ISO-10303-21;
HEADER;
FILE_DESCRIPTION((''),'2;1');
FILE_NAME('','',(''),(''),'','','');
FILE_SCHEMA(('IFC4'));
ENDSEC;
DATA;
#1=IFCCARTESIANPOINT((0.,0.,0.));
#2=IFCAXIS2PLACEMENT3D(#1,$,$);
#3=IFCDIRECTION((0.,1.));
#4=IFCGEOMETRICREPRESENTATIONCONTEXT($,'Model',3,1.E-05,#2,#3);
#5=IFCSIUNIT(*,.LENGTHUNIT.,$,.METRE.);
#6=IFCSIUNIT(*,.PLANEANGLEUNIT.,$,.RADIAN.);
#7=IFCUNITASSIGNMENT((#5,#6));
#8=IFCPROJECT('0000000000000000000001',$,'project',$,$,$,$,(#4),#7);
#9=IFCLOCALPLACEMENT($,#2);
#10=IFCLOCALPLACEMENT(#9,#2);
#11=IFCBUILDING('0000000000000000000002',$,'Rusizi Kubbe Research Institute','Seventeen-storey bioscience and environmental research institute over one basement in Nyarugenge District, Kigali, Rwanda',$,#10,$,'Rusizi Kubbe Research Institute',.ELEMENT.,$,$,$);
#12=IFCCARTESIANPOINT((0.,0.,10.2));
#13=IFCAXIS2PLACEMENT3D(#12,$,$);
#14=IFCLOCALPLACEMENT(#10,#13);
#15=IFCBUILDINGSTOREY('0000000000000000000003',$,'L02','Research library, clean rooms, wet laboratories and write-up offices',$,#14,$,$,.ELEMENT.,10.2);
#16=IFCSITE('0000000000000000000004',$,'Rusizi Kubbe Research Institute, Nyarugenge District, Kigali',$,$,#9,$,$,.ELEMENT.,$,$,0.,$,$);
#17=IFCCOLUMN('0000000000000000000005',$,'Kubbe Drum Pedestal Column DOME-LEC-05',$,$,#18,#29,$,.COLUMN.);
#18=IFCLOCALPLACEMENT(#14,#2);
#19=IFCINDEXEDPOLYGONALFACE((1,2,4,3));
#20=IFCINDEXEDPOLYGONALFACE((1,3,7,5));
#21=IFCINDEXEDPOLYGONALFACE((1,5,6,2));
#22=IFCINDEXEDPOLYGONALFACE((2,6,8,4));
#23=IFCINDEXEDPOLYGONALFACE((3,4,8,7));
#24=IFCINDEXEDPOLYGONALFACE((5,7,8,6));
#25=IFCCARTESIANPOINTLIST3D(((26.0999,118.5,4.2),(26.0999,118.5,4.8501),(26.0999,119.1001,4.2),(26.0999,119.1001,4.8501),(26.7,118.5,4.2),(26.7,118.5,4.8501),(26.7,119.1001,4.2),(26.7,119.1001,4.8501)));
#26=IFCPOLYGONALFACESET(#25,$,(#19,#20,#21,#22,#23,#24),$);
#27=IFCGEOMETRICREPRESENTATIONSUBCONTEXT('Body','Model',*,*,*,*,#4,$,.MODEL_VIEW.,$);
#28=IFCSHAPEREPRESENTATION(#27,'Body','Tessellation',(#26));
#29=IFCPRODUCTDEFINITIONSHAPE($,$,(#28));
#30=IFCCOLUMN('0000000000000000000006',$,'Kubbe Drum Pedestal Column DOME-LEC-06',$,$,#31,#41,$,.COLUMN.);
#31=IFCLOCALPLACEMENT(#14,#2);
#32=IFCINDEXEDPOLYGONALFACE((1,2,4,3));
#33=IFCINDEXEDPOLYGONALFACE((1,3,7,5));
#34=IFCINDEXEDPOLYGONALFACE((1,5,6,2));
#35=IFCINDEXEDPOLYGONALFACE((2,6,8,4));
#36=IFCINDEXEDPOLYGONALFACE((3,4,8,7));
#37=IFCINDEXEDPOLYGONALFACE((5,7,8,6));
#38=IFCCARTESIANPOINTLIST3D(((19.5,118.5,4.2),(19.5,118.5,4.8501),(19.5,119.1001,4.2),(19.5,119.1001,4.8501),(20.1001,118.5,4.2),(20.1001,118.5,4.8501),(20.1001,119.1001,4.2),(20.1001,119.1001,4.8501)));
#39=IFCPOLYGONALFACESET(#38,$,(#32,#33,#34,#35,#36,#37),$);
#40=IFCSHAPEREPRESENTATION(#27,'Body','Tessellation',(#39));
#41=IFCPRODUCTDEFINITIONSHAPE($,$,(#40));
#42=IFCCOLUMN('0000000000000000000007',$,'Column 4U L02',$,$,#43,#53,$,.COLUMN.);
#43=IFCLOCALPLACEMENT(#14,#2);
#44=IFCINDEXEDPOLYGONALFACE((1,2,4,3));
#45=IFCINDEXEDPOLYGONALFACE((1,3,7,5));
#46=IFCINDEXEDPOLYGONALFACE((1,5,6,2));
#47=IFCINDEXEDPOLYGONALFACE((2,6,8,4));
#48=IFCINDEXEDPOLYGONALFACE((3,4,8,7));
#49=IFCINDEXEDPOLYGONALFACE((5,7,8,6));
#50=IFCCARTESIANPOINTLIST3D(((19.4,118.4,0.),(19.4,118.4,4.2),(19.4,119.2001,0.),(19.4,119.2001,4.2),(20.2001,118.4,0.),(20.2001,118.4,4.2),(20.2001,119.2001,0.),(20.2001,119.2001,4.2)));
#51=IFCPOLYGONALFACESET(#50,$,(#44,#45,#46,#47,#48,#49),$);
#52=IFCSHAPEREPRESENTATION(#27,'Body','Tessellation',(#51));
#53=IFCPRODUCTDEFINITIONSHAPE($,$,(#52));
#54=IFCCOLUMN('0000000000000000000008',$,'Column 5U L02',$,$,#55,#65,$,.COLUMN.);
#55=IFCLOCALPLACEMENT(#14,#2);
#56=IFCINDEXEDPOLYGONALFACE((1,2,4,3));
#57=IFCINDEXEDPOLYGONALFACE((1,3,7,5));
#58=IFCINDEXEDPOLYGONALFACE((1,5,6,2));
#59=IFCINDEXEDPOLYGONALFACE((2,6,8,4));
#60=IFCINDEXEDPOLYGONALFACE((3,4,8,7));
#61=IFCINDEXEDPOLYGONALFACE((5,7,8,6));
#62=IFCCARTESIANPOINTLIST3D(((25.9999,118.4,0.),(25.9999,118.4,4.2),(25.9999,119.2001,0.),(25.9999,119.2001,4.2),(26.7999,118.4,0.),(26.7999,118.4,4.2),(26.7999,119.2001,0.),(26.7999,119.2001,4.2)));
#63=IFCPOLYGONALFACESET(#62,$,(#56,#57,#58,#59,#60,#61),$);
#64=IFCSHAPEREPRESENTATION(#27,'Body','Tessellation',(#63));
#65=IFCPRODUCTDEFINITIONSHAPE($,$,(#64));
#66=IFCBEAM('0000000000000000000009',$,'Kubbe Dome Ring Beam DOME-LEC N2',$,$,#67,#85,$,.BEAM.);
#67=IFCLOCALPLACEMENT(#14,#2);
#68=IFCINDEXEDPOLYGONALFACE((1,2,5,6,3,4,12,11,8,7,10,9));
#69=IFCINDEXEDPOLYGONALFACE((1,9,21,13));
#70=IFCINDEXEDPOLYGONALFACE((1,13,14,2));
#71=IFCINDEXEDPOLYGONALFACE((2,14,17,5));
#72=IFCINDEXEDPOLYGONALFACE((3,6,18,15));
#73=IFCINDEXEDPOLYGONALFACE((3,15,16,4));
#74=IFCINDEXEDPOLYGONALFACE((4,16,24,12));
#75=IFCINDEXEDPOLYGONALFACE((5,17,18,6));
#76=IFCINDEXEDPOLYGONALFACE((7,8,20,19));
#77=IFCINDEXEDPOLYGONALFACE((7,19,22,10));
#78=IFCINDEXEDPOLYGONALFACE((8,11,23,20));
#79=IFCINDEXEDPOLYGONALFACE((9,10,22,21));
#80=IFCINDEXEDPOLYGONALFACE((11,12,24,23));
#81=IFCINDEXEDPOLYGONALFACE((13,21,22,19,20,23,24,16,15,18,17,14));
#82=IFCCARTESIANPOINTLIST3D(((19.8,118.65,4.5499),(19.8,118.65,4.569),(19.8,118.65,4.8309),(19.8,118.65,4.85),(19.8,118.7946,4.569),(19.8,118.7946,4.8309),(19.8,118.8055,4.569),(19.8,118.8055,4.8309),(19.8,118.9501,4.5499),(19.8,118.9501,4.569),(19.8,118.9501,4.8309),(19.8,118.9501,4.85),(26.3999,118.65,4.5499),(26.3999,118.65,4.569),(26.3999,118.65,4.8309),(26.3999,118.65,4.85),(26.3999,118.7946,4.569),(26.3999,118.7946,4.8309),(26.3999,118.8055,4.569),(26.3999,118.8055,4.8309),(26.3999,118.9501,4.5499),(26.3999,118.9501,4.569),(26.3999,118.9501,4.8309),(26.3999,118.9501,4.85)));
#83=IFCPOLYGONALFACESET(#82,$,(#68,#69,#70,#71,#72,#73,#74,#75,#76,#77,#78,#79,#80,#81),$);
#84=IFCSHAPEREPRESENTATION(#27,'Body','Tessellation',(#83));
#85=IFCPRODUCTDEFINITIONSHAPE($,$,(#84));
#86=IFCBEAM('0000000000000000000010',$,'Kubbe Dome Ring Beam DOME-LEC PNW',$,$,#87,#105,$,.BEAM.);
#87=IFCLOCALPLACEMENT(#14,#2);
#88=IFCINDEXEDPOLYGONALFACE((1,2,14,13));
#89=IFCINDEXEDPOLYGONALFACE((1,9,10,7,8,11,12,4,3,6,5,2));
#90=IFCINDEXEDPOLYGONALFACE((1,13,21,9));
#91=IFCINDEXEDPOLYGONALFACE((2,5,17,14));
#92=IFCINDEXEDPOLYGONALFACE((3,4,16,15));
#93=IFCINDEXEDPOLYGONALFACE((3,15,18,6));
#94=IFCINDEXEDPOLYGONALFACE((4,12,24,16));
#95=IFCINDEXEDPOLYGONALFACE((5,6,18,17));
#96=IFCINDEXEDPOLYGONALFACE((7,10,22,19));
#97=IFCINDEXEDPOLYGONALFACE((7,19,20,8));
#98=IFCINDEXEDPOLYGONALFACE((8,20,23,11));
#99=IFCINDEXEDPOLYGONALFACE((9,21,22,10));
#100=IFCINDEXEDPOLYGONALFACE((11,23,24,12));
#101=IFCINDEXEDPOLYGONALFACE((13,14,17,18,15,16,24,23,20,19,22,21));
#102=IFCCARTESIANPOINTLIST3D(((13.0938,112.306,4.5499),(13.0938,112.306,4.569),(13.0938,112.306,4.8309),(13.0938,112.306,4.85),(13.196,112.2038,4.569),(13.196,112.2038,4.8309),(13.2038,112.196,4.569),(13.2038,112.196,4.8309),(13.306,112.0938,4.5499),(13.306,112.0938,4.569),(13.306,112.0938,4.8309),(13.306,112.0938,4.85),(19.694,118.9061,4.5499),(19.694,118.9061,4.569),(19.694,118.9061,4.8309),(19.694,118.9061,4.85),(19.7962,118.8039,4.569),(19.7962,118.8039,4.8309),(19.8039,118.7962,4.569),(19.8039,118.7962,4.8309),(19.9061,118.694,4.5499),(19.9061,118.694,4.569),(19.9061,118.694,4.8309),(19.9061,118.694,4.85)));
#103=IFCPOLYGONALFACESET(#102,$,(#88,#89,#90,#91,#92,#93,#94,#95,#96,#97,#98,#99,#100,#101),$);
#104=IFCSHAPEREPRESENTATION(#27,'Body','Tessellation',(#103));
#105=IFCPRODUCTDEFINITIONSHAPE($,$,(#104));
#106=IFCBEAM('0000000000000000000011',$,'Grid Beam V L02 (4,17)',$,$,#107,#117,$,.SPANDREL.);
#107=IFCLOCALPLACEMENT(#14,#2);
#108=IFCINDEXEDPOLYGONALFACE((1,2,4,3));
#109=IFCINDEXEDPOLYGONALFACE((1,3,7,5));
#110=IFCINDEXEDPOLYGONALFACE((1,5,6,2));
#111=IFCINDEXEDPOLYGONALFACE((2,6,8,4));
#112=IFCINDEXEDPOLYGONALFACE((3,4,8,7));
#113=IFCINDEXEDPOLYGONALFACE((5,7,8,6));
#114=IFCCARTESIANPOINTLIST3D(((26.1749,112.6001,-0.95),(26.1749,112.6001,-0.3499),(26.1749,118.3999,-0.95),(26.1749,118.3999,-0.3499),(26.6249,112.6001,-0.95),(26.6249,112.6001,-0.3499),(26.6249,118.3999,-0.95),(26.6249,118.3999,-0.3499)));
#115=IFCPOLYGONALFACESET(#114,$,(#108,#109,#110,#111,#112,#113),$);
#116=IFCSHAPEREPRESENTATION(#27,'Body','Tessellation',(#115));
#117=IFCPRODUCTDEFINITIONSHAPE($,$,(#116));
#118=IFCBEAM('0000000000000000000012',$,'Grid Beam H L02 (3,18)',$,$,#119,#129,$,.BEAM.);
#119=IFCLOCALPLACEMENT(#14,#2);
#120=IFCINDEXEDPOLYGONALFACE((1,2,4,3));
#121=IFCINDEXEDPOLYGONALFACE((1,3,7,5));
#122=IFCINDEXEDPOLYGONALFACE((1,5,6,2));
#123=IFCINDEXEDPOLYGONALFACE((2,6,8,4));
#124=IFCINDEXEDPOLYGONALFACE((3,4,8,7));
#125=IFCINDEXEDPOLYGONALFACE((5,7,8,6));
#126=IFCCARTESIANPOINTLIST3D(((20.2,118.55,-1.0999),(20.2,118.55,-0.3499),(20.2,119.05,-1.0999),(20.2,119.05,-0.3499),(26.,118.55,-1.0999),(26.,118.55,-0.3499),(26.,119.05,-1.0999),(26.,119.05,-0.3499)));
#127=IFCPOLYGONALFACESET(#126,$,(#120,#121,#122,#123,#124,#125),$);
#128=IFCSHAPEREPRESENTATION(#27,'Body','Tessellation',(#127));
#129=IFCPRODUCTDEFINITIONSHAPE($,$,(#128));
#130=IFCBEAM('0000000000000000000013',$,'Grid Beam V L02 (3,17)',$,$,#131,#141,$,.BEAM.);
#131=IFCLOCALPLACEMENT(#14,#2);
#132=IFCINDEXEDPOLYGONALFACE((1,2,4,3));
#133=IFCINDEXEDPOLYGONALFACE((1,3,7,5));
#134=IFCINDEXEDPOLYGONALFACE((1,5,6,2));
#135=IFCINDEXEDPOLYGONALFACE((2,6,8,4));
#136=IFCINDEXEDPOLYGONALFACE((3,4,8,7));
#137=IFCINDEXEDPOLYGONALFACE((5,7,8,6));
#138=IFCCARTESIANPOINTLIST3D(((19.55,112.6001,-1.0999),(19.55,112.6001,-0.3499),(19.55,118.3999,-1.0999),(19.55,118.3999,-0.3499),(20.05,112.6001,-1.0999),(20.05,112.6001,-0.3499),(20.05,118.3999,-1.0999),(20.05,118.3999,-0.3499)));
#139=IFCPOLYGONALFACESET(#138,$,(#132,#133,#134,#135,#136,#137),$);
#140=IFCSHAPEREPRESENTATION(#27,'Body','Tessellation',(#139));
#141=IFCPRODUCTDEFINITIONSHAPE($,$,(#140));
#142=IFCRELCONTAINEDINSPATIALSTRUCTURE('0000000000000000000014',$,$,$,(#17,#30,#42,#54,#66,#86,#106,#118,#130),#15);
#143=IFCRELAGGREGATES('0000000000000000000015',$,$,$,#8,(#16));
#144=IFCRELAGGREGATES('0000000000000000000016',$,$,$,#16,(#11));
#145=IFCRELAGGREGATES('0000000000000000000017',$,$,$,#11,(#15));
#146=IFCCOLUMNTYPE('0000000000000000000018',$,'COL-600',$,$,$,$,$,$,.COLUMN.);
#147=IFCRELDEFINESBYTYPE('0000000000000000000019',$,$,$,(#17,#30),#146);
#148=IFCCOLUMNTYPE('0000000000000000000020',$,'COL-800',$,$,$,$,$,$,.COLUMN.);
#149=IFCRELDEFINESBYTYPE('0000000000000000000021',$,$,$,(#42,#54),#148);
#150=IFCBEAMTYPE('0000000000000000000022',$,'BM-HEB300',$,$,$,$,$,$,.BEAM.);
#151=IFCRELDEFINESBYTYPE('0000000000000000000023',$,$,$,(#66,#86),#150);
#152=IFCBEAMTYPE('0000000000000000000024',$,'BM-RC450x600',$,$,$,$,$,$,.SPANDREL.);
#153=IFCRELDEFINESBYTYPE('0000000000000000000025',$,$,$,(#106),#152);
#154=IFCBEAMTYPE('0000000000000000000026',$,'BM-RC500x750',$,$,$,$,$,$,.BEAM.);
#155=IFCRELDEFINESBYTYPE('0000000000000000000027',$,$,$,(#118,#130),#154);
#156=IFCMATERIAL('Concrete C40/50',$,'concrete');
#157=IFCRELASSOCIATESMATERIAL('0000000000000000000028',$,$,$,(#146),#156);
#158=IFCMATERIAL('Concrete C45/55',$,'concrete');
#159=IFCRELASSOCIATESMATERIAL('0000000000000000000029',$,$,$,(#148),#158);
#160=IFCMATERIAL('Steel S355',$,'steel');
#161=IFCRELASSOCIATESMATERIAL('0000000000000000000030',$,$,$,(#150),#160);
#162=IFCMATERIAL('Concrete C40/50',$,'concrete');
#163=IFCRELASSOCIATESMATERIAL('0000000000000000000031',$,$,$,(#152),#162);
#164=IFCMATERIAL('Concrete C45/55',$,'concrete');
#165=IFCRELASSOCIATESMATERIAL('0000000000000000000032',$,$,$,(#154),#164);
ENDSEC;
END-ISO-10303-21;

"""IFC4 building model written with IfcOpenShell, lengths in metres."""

from ifc_helpers import new_model, si_unit, direction, frame, origin, origin_2d, place, context, subcontext, project, spatial, rectangle, i_section, extrude, material, material_profile, profile_set, type_object, element, save


model = new_model("IFC4")

# Units and contexts
model_context = context("Model", 3, precision=1e-05, world=origin(), true_north=direction((0.0, 1.0)))
body_context = subcontext(model_context, "Body", "Model", "MODEL_VIEW")
ifc_project = project(units=[si_unit("LENGTHUNIT", "METRE"), si_unit("PLANEANGLEUNIT", "RADIAN")], contexts=[model_context])

# Site, building, storey
site_placement = place(None, origin())
site = spatial("IfcSite", under=ifc_project, at=site_placement, Name="Rusizi Kubbe Research Institute, Nyarugenge District, Kigali", CompositionType="ELEMENT", RefElevation=0.0)
building_placement = place(site_placement, origin())
building = spatial("IfcBuilding", under=site, at=building_placement, Name="Rusizi Kubbe Research Institute", Description="Seventeen-storey bioscience and environmental research institute over one basement in Nyarugenge District, Kigali, Rwanda", LongName="Rusizi Kubbe Research Institute", CompositionType="ELEMENT")
storey_placement = place(building_placement, frame((0.0, 0.0, 10.2)))
storey = spatial("IfcBuildingStorey", under=building, at=storey_placement, Name="L02", Description="Research library, clean rooms, wet laboratories and write-up offices", CompositionType="ELEMENT", Elevation=10.2)

# Columns
ifc_material_1 = material(Name="Concrete C40/50", Category="concrete")
ifc_material_profile_1 = material_profile(ifc_material_1, rectangle(XDim=0.6001, YDim=0.6001, at=origin_2d()), Name="RC600x600")
ifc_profile_set_1 = profile_set([ifc_material_profile_1], Name="Concrete C40/50")
column_type_1 = type_object("IfcColumnType", Name="COL-600", PredefinedType="COLUMN", material=ifc_profile_set_1)
for number, where, z_axis, x_axis, name in (
    (1, (26.3999, 118.8, 4.2), (0.0, 0.0, 1.0), (1.0, 0.0, 0.0), "Kubbe Drum Pedestal Column DOME-LEC-05"),
    (2, (19.8, 118.8, 4.2), (0.0, 0.0, 1.0), (1.0, 0.0, 0.0), "Kubbe Drum Pedestal Column DOME-LEC-06"),
):
    element("IfcColumn", number, at=place(storey_placement, frame(where, z_axis=z_axis, x_axis=x_axis)), inside=storey, type_object=column_type_1, Name=name, PredefinedType="COLUMN", context=body_context, shape_type="SweptSolid", body=[
        extrude(rectangle(XDim=0.6001, YDim=0.6001, at=origin_2d()), origin(), (0.0, 0.0, 1.0), 0.6501),
    ])
ifc_material_2 = material(Name="Concrete C45/55", Category="concrete")
ifc_material_profile_2 = material_profile(ifc_material_2, rectangle(XDim=0.8, YDim=0.8, at=origin_2d()), Name="RC800x800")
ifc_profile_set_2 = profile_set([ifc_material_profile_2], Name="Concrete C45/55")
column_type_2 = type_object("IfcColumnType", Name="COL-800", PredefinedType="COLUMN", material=ifc_profile_set_2)
for number, where, z_axis, x_axis, name in (
    (3, (19.8, 118.8, 0.0), (0.0, 0.0, 1.0), (1.0, 0.0, 0.0), "Column 4U L02"),
    (4, (26.3999, 118.8, 0.0), (0.0, 0.0, 1.0), (1.0, 0.0, 0.0), "Column 5U L02"),
):
    element("IfcColumn", number, at=place(storey_placement, frame(where, z_axis=z_axis, x_axis=x_axis)), inside=storey, type_object=column_type_2, Name=name, PredefinedType="COLUMN", context=body_context, shape_type="SweptSolid", body=[
        extrude(rectangle(XDim=0.8, YDim=0.8, at=origin_2d()), origin(), (0.0, 0.0, 1.0), 4.2),
    ])

# Beams
ifc_material_3 = material(Name="Steel S355", Category="steel")
ifc_material_profile_3 = material_profile(ifc_material_3, i_section(OverallWidth=0.3, OverallDepth=0.3, WebThickness=0.011, FlangeThickness=0.019, at=origin_2d()), Name="HEB 300")
ifc_profile_set_3 = profile_set([ifc_material_profile_3], Name="Steel S355")
beam_type_1 = type_object("IfcBeamType", Name="BM-HEB300", PredefinedType="BEAM", material=ifc_profile_set_3)
beam_1_placement = place(storey_placement, frame((19.8, 118.8, 4.7), z_axis=(1.0, 0.0, 0.0), x_axis=(0.0, 1.0, 0.0)))
element("IfcBeam", 5, at=beam_1_placement, inside=storey, type_object=beam_type_1, Name="Kubbe Dome Ring Beam DOME-LEC N2", PredefinedType="BEAM", context=body_context, shape_type="SweptSolid", body=[
    extrude(i_section(OverallWidth=0.3, OverallDepth=0.3, WebThickness=0.011, FlangeThickness=0.019, at=origin_2d()), origin(), (0.0, 0.0, 1.0), 6.5999),
])
beam_2_placement = place(storey_placement, frame((19.8, 118.8, 4.7), z_axis=(-0.707107, -0.707107, 0.0), x_axis=(0.707107, -0.707107, 0.0)))
element("IfcBeam", 6, at=beam_2_placement, inside=storey, type_object=beam_type_1, Name="Kubbe Dome Ring Beam DOME-LEC PNW", PredefinedType="BEAM", context=body_context, shape_type="SweptSolid", body=[
    extrude(i_section(OverallWidth=0.3, OverallDepth=0.3, WebThickness=0.011, FlangeThickness=0.019, at=origin_2d()), origin(), (0.0, 0.0, 1.0), 9.334),
])
ifc_material_4 = material(Name="Concrete C40/50", Category="concrete")
ifc_material_profile_4 = material_profile(ifc_material_4, rectangle(XDim=0.45, YDim=0.6001, at=origin_2d()), Name="RC450x600")
ifc_profile_set_4 = profile_set([ifc_material_profile_4], Name="Concrete C40/50")
beam_type_2 = type_object("IfcBeamType", Name="BM-RC450x600", PredefinedType="SPANDREL", material=ifc_profile_set_4)
beam_3_placement = place(storey_placement, frame((26.3999, 112.6001, -0.6499), z_axis=(0.0, 1.0, 0.0), x_axis=(-1.0, 0.0, 0.0)))
element("IfcBeam", 7, at=beam_3_placement, inside=storey, type_object=beam_type_2, Name="Grid Beam V L02 (4,17)", PredefinedType="SPANDREL", context=body_context, shape_type="SweptSolid", body=[
    extrude(rectangle(XDim=0.45, YDim=0.6001, at=origin_2d()), origin(), (0.0, 0.0, 1.0), 5.7998),
])
ifc_material_5 = material(Name="Concrete C45/55", Category="concrete")
ifc_material_profile_5 = material_profile(ifc_material_5, rectangle(XDim=0.5, YDim=0.75, at=origin_2d()), Name="RC500x750B")
ifc_profile_set_5 = profile_set([ifc_material_profile_5], Name="Concrete C45/55")
beam_type_3 = type_object("IfcBeamType", Name="BM-RC500x750", PredefinedType="BEAM", material=ifc_profile_set_5)
beam_4_placement = place(storey_placement, frame((20.2, 118.8, -0.7249), z_axis=(1.0, 0.0, 0.0), x_axis=(0.0, 1.0, 0.0)))
element("IfcBeam", 8, at=beam_4_placement, inside=storey, type_object=beam_type_3, Name="Grid Beam H L02 (3,18)", PredefinedType="BEAM", context=body_context, shape_type="SweptSolid", body=[
    extrude(rectangle(XDim=0.5, YDim=0.75, at=origin_2d()), origin(), (0.0, 0.0, 1.0), 5.8),
])
beam_5_placement = place(storey_placement, frame((19.8, 112.6001, -0.7249), z_axis=(0.0, 1.0, 0.0), x_axis=(-1.0, 0.0, 0.0)))
element("IfcBeam", 9, at=beam_5_placement, inside=storey, type_object=beam_type_3, Name="Grid Beam V L02 (3,17)", PredefinedType="BEAM", context=body_context, shape_type="SweptSolid", body=[
    extrude(rectangle(XDim=0.5, YDim=0.75, at=origin_2d()), origin(), (0.0, 0.0, 1.0), 5.7998),
])

save(model, "model.ifc")
